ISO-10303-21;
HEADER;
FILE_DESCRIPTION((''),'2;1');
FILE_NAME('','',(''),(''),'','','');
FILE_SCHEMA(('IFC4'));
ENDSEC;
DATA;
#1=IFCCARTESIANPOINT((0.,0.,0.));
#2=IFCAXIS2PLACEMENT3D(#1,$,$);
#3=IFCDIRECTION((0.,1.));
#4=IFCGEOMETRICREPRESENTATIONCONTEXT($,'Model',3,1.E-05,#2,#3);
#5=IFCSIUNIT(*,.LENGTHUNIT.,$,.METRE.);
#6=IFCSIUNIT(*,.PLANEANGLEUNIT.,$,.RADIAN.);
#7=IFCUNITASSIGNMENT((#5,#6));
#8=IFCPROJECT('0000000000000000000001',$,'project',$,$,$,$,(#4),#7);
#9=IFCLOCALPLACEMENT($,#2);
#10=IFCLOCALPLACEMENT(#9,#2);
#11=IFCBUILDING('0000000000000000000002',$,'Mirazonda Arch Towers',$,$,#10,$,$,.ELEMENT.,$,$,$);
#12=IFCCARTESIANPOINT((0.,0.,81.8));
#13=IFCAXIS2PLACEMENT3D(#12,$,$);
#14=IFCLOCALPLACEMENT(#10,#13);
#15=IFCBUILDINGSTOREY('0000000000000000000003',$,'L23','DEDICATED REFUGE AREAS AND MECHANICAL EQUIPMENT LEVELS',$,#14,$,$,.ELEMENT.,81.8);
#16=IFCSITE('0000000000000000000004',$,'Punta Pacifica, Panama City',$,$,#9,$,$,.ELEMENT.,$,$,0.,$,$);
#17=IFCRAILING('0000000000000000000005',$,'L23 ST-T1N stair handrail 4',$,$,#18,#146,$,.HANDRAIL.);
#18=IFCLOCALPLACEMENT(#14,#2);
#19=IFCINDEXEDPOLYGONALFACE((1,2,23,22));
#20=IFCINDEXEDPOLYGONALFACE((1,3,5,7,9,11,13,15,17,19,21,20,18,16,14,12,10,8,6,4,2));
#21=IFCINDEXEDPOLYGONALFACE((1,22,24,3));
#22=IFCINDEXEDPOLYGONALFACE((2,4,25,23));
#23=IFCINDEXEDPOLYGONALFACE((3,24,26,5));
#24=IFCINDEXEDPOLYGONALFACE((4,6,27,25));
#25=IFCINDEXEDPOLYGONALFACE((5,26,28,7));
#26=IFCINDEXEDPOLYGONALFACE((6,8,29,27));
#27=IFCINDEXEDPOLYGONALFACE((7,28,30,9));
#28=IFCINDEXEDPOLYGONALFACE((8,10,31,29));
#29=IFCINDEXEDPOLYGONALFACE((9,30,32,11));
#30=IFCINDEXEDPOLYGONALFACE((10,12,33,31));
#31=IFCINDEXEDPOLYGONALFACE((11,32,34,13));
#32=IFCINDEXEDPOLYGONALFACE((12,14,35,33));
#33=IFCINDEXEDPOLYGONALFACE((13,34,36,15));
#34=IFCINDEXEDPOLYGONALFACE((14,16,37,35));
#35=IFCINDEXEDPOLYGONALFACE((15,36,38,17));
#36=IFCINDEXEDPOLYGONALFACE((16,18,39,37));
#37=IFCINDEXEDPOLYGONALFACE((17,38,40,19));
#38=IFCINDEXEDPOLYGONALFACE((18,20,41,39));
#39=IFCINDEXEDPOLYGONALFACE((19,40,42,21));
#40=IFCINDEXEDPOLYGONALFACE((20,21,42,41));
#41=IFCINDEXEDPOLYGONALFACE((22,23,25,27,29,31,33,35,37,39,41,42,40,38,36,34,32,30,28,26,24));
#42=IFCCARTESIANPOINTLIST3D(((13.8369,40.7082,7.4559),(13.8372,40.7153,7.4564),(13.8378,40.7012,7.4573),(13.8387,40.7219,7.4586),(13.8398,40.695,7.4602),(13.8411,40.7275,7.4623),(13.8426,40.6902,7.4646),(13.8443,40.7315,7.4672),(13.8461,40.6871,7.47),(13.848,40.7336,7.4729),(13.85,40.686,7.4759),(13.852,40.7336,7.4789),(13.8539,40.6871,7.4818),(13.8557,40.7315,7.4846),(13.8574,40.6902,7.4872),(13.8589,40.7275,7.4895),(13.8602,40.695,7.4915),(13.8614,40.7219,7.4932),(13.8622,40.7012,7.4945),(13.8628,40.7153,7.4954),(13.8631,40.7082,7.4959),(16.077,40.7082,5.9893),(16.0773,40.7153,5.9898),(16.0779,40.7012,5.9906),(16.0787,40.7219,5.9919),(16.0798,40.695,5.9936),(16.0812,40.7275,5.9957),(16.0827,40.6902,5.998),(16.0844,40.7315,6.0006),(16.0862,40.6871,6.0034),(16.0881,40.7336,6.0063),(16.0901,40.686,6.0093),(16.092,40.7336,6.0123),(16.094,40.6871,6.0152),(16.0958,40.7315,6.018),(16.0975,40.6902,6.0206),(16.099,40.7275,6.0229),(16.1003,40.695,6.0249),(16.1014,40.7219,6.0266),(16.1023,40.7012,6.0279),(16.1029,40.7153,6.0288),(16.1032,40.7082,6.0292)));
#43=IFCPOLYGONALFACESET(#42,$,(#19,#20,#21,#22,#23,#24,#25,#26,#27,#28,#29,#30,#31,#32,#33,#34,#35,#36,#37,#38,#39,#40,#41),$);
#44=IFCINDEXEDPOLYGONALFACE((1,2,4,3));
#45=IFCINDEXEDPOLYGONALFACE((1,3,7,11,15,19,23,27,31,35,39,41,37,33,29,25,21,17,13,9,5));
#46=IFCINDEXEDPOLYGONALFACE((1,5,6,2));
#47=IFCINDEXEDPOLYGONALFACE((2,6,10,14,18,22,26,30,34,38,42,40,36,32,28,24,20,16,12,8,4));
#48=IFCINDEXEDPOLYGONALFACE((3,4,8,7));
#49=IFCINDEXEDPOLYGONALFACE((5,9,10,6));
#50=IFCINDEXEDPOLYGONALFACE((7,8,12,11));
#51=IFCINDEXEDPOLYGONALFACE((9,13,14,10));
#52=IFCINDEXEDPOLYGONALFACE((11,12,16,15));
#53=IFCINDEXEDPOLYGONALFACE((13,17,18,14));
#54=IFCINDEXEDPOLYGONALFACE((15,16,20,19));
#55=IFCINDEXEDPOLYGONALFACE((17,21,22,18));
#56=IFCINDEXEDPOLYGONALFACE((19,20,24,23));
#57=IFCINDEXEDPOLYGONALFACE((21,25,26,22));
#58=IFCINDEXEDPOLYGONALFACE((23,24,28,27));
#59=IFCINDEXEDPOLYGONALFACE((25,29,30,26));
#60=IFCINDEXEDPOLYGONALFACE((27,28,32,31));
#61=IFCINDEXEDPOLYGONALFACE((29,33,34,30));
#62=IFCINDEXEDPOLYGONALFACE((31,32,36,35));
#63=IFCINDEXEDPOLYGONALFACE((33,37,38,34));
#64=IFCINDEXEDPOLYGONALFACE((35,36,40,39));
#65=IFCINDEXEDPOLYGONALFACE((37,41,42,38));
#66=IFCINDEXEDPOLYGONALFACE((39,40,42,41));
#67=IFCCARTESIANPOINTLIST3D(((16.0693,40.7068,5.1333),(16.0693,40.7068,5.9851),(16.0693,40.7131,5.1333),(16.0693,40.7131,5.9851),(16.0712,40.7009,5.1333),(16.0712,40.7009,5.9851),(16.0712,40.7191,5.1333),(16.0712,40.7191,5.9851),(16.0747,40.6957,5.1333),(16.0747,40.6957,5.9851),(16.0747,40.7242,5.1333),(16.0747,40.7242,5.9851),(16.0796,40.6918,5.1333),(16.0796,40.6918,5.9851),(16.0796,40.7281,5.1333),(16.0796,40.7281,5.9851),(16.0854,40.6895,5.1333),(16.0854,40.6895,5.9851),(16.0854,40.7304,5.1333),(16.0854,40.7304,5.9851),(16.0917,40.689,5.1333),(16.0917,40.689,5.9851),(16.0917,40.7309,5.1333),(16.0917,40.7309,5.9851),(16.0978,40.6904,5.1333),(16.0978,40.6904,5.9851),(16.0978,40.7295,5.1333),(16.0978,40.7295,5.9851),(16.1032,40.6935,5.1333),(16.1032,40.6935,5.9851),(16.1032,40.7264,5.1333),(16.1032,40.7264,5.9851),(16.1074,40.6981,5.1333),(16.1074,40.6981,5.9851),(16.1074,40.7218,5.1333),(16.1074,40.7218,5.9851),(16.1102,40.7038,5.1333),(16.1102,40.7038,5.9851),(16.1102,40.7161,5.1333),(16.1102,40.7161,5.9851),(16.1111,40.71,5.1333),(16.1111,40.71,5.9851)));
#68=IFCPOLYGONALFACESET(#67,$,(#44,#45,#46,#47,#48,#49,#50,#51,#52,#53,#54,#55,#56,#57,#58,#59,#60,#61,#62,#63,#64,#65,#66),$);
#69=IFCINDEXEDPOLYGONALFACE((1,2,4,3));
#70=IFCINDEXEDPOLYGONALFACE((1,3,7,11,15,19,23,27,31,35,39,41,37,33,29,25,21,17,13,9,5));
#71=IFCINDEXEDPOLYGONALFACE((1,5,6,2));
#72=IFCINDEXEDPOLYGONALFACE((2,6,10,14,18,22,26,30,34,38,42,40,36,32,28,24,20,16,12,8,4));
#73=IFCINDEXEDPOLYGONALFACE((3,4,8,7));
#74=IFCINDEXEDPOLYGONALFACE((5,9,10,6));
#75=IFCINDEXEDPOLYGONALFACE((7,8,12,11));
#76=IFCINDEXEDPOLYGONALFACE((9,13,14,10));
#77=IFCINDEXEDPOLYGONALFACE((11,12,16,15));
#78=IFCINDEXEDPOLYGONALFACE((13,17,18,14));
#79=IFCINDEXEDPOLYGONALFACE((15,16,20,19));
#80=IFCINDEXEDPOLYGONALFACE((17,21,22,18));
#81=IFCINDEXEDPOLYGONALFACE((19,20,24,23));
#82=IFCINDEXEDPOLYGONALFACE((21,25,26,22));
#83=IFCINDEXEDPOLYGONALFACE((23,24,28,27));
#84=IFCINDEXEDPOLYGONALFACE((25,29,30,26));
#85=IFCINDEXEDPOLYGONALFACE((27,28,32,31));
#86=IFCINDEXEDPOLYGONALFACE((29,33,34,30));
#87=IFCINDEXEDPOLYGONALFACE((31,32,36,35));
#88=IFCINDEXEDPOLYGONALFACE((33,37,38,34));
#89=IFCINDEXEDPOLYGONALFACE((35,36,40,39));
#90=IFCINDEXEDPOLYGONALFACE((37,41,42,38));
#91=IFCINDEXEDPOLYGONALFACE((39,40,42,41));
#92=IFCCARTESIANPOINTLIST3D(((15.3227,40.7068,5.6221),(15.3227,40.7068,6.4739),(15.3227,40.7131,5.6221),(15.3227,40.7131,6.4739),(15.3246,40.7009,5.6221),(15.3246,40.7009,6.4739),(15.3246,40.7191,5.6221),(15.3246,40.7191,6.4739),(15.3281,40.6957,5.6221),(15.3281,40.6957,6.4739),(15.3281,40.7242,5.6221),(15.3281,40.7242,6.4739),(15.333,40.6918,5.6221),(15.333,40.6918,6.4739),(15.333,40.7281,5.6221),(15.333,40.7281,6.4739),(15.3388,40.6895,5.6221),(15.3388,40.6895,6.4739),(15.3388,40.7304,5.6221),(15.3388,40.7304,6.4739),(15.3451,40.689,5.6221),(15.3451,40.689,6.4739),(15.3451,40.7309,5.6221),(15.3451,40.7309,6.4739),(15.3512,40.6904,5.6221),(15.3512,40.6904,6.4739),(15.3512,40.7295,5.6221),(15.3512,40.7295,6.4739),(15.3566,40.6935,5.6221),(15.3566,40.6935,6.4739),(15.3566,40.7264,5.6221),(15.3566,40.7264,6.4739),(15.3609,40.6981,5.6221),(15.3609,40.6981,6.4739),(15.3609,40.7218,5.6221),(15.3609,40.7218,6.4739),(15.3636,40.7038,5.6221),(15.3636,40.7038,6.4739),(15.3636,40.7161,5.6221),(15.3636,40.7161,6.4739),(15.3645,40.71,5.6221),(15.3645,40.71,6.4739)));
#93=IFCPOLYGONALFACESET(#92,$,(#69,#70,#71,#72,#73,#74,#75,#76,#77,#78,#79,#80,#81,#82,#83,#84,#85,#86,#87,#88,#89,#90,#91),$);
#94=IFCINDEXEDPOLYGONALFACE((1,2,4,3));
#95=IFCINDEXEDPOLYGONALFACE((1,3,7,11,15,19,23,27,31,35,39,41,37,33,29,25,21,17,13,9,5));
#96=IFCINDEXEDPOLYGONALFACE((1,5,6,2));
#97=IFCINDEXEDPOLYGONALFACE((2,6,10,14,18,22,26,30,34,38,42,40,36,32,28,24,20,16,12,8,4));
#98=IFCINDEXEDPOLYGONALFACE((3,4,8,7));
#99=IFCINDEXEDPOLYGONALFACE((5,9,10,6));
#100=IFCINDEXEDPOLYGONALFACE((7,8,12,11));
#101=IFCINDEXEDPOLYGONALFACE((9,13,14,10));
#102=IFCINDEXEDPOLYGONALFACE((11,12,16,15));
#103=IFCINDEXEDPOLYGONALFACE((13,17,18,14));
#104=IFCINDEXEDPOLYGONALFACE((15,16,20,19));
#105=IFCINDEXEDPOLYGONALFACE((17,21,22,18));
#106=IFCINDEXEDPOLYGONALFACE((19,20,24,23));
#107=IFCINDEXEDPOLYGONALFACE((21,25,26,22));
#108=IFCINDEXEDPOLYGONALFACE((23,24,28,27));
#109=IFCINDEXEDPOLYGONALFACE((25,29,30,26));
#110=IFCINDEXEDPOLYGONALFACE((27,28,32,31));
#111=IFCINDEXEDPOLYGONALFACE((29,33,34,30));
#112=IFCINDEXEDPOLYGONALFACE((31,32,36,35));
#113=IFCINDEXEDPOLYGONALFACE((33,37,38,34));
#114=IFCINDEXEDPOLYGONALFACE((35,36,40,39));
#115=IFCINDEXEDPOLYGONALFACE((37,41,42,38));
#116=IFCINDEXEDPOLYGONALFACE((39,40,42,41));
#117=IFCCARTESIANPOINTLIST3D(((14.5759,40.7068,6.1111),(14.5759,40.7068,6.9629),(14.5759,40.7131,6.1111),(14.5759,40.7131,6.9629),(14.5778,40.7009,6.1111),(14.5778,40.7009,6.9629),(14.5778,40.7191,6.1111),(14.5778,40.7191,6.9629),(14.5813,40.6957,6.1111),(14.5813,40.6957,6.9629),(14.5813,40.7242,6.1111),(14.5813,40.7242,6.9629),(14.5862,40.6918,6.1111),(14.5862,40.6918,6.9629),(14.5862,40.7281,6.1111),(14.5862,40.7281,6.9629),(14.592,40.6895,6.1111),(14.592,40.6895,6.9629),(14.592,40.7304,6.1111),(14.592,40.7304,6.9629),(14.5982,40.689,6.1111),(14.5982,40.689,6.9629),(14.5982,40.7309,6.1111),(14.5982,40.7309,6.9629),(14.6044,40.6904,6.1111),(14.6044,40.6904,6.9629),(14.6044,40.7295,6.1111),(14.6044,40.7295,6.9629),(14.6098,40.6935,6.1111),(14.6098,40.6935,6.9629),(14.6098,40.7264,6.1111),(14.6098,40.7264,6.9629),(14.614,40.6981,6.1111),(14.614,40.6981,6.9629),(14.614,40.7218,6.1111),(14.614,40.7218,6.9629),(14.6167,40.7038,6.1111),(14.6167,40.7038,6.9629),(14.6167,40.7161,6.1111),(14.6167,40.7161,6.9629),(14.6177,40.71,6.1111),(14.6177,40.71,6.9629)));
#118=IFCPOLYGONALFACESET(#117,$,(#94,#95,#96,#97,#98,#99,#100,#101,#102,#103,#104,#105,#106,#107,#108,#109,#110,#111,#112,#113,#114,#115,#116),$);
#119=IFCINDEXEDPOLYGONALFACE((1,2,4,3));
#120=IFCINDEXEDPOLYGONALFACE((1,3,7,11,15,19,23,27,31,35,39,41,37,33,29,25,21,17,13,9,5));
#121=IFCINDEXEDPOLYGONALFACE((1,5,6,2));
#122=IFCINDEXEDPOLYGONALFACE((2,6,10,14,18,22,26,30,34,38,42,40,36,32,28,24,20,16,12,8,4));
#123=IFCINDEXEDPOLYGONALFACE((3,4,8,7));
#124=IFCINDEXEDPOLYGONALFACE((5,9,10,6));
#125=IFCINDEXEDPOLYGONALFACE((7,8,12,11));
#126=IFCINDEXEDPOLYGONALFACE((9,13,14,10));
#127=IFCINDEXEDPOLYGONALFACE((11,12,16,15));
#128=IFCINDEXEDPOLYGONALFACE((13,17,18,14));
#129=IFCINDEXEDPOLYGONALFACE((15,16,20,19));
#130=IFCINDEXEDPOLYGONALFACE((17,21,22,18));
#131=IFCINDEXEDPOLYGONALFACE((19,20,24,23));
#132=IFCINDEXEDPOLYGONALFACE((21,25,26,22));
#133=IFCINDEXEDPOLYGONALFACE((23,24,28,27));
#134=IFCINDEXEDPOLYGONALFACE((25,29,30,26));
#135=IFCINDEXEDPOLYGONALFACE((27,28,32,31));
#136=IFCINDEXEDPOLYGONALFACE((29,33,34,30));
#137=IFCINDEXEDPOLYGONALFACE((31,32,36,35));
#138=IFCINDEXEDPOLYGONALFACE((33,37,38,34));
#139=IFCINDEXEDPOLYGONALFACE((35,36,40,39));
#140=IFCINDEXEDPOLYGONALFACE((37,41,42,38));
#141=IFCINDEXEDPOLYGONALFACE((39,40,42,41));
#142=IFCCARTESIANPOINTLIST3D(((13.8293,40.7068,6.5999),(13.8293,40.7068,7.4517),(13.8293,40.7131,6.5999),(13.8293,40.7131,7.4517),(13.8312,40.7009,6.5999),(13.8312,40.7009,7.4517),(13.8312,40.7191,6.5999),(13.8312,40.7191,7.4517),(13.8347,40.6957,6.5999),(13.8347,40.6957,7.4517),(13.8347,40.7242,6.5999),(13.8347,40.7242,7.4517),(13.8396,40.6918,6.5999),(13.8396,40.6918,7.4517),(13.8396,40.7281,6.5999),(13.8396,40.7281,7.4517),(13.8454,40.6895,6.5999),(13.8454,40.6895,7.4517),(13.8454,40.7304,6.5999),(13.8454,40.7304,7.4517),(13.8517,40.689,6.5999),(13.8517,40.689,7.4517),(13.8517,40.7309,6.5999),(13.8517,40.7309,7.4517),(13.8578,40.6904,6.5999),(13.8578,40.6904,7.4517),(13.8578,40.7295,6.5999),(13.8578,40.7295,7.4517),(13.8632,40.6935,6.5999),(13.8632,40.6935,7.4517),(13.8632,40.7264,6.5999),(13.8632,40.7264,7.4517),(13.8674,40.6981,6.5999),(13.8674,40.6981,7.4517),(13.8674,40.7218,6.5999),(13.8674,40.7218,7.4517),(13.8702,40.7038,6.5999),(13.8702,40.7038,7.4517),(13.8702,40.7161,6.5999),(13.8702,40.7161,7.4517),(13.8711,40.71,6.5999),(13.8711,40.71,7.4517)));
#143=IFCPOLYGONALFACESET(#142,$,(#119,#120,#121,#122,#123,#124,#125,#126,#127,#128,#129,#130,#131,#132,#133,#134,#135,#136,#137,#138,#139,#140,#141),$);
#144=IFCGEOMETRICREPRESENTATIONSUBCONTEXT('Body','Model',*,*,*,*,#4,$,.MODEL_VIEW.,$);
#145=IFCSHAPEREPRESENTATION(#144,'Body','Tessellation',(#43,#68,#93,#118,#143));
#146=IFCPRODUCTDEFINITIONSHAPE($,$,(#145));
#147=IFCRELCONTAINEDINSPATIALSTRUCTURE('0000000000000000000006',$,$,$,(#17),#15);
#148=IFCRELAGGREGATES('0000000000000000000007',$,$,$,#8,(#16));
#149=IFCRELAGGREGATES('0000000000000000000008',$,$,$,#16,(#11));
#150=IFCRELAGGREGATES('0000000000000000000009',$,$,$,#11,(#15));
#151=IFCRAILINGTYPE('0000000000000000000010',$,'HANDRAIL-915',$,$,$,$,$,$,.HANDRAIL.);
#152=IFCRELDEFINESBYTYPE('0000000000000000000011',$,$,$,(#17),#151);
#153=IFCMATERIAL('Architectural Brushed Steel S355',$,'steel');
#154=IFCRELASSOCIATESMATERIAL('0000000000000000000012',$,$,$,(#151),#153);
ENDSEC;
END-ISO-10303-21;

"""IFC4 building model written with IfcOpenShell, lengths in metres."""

from ifc_helpers import new_model, si_unit, direction, frame, origin, origin_2d, place, context, subcontext, project, spatial, circle, extrude, material, type_object, element, save


model = new_model("IFC4")

# Units and contexts
model_context = context("Model", 3, precision=1e-05, world=origin(), true_north=direction((0.0, 1.0)))
body_context = subcontext(model_context, "Body", "Model", "MODEL_VIEW")
ifc_project = project(units=[si_unit("LENGTHUNIT", "METRE"), si_unit("PLANEANGLEUNIT", "RADIAN")], contexts=[model_context])

# Site, building, storey
site_placement = place(None, origin())
site = spatial("IfcSite", under=ifc_project, at=site_placement, Name="Punta Pacifica, Panama City", CompositionType="ELEMENT", RefElevation=0.0)
building_placement = place(site_placement, origin())
building = spatial("IfcBuilding", under=site, at=building_placement, Name="Mirazonda Arch Towers", CompositionType="ELEMENT")
storey_placement = place(building_placement, frame((0.0, 0.0, 81.8)))
storey = spatial("IfcBuildingStorey", under=building, at=storey_placement, Name="L23", Description="DEDICATED REFUGE AREAS AND MECHANICAL EQUIPMENT LEVELS", CompositionType="ELEMENT", Elevation=81.8)

# Shared definitions
ifc_material_1 = material(Name="Architectural Brushed Steel S355", Category="steel")

# Railing
railing_type_1 = type_object("IfcRailingType", Name="HANDRAIL-915", PredefinedType="HANDRAIL", material=ifc_material_1)
railing_1_placement = place(storey_placement, frame((16.0901, 40.71, 5.1333)))
element("IfcRailing", 1, at=railing_1_placement, inside=storey, type_object=railing_type_1, Name="L23 ST-T1N stair handrail 4", PredefinedType="HANDRAIL", context=body_context, shape_type="SweptSolid", body=[
    extrude(circle(Radius=0.0239, at=origin_2d()), frame((0.0, 0.0, 0.876), z_axis=(-0.836637, 0.0, 0.547758), x_axis=(0.0, -1.0, 0.0)), (0.0, 0.0, 1.0), 2.6775),
    extrude(circle(Radius=0.021, at=origin_2d()), origin(), (0.0, 0.0, 1.0), 0.8518),
    extrude(circle(Radius=0.021, at=origin_2d()), frame((-0.7466, 0.0, 0.4888)), (0.0, 0.0, 1.0), 0.8518),
    extrude(circle(Radius=0.021, at=origin_2d()), frame((-1.4934, 0.0, 0.9778)), (0.0, 0.0, 1.0), 0.8518),
    extrude(circle(Radius=0.021, at=origin_2d()), frame((-2.24, 0.0, 1.4666)), (0.0, 0.0, 1.0), 0.8518),
])

save(model, "model.ifc")
